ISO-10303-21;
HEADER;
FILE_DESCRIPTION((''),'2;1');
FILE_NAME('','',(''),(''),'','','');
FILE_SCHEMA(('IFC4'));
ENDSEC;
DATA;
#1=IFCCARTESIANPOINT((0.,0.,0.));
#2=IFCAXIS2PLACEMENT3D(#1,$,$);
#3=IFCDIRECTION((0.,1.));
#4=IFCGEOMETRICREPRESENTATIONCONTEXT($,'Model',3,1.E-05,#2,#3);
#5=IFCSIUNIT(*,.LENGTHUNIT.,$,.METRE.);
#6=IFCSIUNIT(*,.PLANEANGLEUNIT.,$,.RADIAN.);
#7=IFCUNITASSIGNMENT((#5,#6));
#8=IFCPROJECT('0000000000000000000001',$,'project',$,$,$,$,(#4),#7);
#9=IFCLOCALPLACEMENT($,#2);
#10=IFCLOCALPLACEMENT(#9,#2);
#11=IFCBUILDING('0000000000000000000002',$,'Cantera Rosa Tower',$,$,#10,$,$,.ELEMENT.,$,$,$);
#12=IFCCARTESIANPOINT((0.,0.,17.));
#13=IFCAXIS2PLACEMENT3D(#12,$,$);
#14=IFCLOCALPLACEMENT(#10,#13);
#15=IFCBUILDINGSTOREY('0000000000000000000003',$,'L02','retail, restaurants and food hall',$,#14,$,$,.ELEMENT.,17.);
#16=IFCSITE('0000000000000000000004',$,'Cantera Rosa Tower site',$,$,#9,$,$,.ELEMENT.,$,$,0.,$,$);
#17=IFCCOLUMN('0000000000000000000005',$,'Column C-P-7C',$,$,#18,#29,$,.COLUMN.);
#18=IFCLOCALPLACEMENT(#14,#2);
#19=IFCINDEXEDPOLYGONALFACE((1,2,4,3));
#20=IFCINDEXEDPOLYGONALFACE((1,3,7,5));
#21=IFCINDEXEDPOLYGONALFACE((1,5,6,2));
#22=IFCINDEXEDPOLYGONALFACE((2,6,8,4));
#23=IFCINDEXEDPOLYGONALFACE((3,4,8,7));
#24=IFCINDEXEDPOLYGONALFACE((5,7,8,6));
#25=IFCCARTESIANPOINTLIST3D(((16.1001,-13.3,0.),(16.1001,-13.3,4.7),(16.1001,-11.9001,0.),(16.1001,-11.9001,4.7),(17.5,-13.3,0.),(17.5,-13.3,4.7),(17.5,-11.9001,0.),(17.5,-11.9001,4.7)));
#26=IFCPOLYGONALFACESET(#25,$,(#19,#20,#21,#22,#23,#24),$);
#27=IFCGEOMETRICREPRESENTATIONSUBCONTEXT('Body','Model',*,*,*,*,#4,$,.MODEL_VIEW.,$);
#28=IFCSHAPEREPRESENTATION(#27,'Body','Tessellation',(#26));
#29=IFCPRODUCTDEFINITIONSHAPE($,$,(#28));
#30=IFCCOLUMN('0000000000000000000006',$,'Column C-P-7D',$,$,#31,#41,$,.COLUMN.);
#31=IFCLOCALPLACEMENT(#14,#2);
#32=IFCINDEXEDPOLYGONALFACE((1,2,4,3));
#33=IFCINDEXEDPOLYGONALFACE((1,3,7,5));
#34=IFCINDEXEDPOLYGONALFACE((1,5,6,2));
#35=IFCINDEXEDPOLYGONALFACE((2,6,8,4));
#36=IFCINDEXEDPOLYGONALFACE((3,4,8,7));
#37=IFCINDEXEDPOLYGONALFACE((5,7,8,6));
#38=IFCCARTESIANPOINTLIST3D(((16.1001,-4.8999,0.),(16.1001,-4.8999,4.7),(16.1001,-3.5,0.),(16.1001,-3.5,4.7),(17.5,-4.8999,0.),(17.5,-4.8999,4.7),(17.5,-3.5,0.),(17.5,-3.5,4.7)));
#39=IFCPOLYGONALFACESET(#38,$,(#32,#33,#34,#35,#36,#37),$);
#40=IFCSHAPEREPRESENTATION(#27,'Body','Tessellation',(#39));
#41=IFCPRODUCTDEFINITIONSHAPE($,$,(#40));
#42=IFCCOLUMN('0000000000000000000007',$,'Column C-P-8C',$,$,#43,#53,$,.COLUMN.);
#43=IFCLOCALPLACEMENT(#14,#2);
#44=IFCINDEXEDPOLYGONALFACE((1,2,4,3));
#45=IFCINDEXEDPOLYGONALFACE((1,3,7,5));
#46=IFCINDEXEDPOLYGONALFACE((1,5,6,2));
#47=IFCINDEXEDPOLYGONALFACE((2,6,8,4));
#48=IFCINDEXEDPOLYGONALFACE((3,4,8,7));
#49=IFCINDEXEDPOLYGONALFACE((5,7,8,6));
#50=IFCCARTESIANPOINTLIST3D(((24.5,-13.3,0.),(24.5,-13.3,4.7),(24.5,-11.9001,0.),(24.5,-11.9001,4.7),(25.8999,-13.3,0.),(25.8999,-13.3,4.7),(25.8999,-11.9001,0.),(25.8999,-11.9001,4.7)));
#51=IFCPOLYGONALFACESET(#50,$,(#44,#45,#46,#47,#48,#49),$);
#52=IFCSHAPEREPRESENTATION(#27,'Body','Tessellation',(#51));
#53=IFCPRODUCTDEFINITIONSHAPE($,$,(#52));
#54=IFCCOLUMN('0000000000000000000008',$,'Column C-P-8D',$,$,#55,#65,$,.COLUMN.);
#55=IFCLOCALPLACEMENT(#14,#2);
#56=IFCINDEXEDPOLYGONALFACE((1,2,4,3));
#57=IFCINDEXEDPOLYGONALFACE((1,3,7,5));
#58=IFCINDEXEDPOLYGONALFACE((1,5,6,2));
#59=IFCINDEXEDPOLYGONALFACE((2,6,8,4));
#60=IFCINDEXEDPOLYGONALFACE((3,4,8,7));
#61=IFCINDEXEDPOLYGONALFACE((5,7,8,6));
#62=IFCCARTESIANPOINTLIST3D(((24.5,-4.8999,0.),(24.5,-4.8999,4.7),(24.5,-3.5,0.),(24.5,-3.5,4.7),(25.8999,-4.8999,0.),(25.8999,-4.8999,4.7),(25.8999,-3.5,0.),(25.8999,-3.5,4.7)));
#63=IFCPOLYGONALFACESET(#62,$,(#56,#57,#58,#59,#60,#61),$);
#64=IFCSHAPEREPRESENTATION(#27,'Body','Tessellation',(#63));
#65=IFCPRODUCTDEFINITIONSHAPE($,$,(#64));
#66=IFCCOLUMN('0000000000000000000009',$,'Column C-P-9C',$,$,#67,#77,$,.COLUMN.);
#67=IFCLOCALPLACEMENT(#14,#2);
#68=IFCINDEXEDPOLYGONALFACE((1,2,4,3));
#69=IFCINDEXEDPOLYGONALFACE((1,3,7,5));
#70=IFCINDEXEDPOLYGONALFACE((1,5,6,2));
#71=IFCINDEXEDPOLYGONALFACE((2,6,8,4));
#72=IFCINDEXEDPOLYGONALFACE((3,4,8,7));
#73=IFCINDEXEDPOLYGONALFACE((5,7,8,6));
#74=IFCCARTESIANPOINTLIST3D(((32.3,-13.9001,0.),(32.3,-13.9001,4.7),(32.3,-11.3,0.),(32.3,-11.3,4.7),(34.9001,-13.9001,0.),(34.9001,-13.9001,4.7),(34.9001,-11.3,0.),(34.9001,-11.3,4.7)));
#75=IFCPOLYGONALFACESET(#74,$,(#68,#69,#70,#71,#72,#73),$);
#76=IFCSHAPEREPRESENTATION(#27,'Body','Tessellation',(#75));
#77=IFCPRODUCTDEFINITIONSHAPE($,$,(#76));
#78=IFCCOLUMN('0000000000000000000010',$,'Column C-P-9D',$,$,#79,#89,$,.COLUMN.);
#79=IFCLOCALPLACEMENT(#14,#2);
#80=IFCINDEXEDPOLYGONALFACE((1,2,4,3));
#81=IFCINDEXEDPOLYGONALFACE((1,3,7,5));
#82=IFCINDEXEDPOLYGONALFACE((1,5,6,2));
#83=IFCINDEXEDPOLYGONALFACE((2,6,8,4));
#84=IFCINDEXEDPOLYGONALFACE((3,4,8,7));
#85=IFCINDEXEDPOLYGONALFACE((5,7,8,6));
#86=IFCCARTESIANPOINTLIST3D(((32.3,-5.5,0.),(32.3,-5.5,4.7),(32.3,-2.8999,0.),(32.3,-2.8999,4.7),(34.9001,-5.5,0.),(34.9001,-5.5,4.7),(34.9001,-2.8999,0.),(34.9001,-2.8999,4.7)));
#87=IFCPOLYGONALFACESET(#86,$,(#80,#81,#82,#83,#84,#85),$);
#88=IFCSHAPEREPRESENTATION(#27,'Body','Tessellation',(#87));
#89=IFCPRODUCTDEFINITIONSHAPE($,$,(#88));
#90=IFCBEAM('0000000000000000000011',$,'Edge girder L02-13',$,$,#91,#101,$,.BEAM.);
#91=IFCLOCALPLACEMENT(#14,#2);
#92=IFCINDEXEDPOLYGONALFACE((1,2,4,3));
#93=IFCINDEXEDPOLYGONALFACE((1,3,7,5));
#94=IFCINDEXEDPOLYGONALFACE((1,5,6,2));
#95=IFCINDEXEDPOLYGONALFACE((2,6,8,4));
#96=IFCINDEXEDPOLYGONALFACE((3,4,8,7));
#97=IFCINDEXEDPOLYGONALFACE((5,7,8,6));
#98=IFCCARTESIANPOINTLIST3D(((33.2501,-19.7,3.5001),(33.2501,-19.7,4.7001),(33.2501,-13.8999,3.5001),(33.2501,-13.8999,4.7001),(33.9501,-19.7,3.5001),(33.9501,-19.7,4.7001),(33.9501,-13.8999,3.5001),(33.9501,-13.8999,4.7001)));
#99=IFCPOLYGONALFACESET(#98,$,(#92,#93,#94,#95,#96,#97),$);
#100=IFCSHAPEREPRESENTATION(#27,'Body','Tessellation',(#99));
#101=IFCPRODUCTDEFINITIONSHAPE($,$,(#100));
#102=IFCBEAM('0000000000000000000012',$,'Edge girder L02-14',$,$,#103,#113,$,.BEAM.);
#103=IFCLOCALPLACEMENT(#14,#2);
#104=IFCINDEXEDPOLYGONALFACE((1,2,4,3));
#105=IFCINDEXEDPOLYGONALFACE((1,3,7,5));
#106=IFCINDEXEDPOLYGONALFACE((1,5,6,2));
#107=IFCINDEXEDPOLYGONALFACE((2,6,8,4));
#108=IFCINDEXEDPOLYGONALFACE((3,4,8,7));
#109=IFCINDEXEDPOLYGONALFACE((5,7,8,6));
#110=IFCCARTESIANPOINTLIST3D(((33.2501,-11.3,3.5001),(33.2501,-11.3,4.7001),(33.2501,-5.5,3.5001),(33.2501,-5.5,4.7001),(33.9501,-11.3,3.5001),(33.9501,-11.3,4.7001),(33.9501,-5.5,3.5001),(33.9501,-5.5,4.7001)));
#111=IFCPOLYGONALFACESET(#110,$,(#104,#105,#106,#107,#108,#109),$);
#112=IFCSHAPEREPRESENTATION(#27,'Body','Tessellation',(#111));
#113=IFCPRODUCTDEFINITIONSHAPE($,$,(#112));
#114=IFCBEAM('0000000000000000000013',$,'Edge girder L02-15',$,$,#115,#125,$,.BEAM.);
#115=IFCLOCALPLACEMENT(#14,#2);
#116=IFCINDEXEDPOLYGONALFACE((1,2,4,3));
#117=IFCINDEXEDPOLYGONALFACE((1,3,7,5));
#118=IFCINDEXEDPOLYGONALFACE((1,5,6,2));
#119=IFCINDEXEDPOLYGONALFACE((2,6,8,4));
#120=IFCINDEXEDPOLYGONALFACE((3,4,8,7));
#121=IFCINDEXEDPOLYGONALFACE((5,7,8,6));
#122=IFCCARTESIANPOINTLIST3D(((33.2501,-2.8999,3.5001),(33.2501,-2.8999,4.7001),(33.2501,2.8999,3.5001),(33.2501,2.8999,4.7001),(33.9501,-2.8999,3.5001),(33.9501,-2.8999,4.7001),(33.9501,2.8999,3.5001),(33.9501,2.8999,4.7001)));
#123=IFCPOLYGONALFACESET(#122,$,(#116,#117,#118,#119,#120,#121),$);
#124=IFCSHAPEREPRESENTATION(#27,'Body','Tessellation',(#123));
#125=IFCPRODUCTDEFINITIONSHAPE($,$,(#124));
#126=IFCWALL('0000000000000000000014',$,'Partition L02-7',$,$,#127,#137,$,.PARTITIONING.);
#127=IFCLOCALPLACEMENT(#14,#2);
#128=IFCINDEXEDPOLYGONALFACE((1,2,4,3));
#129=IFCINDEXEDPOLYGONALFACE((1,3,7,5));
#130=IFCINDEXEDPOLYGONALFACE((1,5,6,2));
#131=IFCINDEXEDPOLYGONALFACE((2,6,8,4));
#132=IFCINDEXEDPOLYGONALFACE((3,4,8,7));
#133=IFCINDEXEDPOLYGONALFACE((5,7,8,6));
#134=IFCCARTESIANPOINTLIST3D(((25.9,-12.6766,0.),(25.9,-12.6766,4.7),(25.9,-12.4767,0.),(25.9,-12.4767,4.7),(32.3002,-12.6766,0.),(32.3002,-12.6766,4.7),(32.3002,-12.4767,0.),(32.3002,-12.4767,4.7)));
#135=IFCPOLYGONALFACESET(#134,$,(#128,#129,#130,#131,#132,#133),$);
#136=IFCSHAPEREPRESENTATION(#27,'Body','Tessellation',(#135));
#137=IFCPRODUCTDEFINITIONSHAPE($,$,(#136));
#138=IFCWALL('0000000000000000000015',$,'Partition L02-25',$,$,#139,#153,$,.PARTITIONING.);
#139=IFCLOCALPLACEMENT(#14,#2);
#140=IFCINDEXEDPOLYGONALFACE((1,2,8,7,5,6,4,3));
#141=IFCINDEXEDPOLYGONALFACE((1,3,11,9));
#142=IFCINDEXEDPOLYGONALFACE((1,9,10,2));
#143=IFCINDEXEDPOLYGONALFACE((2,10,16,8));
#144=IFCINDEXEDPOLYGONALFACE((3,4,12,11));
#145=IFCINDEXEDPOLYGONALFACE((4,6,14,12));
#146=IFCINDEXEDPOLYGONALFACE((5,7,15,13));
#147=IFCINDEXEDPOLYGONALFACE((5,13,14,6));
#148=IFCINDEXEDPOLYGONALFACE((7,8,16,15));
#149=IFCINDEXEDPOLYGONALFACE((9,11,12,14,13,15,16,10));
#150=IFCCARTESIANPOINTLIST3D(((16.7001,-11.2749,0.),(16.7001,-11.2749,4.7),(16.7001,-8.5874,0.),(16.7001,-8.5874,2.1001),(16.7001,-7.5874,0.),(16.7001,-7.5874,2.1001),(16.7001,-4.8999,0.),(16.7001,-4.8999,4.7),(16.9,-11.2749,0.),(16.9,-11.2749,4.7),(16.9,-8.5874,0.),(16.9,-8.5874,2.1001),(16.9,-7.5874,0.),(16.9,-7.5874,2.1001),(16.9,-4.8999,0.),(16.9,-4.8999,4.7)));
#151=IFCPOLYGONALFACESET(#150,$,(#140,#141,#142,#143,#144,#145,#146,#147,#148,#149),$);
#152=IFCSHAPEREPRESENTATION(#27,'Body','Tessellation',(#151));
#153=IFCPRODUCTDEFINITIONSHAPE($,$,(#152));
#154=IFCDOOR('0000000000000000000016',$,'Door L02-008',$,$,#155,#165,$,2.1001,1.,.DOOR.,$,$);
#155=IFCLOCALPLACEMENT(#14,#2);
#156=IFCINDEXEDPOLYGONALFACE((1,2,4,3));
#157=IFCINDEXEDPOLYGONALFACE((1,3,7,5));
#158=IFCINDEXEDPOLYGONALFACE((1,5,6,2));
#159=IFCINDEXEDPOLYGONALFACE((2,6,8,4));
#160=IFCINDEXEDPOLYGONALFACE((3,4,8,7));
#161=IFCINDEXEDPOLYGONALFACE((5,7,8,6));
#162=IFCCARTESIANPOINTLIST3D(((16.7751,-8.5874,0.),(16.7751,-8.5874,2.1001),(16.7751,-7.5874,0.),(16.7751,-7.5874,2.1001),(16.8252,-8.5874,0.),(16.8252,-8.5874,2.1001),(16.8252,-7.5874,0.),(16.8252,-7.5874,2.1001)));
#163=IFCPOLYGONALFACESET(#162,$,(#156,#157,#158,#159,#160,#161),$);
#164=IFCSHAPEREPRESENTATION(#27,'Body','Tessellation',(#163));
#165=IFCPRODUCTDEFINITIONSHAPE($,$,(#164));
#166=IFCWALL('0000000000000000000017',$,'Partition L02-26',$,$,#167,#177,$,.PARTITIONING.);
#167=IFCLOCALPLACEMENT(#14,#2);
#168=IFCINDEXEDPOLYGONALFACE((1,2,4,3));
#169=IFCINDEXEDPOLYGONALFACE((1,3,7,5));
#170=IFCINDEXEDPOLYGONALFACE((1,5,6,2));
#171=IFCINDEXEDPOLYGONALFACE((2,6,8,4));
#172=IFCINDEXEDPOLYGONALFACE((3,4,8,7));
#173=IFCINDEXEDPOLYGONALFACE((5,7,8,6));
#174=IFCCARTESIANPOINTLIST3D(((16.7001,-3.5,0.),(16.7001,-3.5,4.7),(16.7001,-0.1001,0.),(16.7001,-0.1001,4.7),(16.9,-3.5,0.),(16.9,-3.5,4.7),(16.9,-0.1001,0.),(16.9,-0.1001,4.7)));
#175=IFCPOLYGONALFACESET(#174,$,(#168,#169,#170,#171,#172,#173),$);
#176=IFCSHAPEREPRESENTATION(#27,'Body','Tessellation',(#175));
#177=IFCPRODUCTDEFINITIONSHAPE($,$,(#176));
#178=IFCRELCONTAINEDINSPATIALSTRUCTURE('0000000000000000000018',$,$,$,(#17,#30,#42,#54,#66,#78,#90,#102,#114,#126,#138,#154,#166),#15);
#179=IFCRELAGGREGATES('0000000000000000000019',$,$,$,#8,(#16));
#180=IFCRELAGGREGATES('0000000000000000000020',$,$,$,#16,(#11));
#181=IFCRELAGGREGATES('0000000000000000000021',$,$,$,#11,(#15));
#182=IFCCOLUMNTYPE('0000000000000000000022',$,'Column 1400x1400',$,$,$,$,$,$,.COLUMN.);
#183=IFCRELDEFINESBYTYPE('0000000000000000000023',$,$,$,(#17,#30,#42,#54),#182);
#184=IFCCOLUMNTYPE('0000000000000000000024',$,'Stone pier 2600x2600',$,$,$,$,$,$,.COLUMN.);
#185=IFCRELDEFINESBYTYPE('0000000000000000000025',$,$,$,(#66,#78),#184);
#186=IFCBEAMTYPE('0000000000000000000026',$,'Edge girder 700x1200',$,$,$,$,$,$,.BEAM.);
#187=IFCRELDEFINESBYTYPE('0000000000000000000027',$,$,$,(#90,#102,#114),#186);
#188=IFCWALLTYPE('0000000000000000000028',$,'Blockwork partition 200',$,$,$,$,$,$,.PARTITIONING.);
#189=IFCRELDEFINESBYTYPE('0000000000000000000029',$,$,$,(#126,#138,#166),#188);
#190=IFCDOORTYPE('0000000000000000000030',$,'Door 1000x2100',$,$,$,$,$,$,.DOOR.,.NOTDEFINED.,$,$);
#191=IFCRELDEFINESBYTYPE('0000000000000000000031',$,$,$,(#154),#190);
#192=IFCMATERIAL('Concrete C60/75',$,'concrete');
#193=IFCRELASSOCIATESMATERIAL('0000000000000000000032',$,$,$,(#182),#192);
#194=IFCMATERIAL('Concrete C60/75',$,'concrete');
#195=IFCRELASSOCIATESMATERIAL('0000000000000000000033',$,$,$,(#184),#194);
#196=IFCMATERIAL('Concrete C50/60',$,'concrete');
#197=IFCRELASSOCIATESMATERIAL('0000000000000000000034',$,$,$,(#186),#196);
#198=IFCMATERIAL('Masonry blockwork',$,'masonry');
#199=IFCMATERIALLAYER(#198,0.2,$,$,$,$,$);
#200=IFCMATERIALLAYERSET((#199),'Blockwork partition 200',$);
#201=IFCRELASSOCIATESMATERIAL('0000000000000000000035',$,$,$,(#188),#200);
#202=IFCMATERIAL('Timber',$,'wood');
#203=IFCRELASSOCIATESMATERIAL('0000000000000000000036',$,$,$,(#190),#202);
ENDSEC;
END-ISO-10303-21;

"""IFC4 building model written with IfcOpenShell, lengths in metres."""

from ifc_helpers import new_model, si_unit, direction, frame, frame_2d, origin, origin_2d, place, context, subcontext, project, spatial, rectangle, extrude, material, layer, layer_set, material_profile, profile_set, type_object, element, fill, save


model = new_model("IFC4")

# Units and contexts
model_context = context("Model", 3, precision=1e-05, world=origin(), true_north=direction((0.0, 1.0)))
body_context = subcontext(model_context, "Body", "Model", "MODEL_VIEW")
ifc_project = project(units=[si_unit("LENGTHUNIT", "METRE"), si_unit("PLANEANGLEUNIT", "RADIAN")], contexts=[model_context])

# Site, building, storey
site_placement = place(None, origin())
site = spatial("IfcSite", under=ifc_project, at=site_placement, Name="Cantera Rosa Tower site", CompositionType="ELEMENT", RefElevation=0.0)
building_placement = place(site_placement, origin())
building = spatial("IfcBuilding", under=site, at=building_placement, Name="Cantera Rosa Tower", CompositionType="ELEMENT")
storey_placement = place(building_placement, frame((0.0, 0.0, 17.0)))
storey = spatial("IfcBuildingStorey", under=building, at=storey_placement, Name="L02", Description="retail, restaurants and food hall", CompositionType="ELEMENT", Elevation=17.0)

# Columns
ifc_material_1 = material(Name="Concrete C60/75", Category="concrete")
ifc_material_profile_1 = material_profile(ifc_material_1, rectangle(XDim=1.3999, YDim=1.3999, at=origin_2d()), Name="Column 1400x1400")
ifc_profile_set_1 = profile_set([ifc_material_profile_1], Name="Concrete C60/75")
column_type_1 = type_object("IfcColumnType", Name="Column 1400x1400", PredefinedType="COLUMN", material=ifc_profile_set_1)
for number, where, z_axis, x_axis, name in (
    (1, (16.8, -12.6001, 0.0), (0.0, 0.0, 1.0), (1.0, 0.0, 0.0), "Column C-P-7C"),
    (2, (16.8, -4.2, 0.0), (0.0, 0.0, 1.0), (1.0, 0.0, 0.0), "Column C-P-7D"),
    (3, (25.2, -12.6001, 0.0), (0.0, 0.0, 1.0), (1.0, 0.0, 0.0), "Column C-P-8C"),
    (4, (25.2, -4.2, 0.0), (0.0, 0.0, 1.0), (1.0, 0.0, 0.0), "Column C-P-8D"),
):
    element("IfcColumn", number, at=place(storey_placement, frame(where, z_axis=z_axis, x_axis=x_axis)), inside=storey, type_object=column_type_1, Name=name, PredefinedType="COLUMN", context=body_context, shape_type="SweptSolid", body=[
        extrude(rectangle(XDim=1.3999, YDim=1.3999, at=origin_2d()), origin(), (0.0, 0.0, 1.0), 4.7),
    ])
ifc_material_2 = material(Name="Concrete C60/75", Category="concrete")
ifc_material_profile_2 = material_profile(ifc_material_2, rectangle(XDim=2.6001, YDim=2.6001, at=origin_2d()), Name="Stone pier 2600x2600")
ifc_profile_set_2 = profile_set([ifc_material_profile_2], Name="Concrete C60/75")
column_type_2 = type_object("IfcColumnType", Name="Stone pier 2600x2600", PredefinedType="COLUMN", material=ifc_profile_set_2)
for number, where, z_axis, x_axis, name in (
    (5, (33.6001, -12.6001, 0.0), (0.0, 0.0, 1.0), (1.0, 0.0, 0.0), "Column C-P-9C"),
    (6, (33.6001, -4.2, 0.0), (0.0, 0.0, 1.0), (1.0, 0.0, 0.0), "Column C-P-9D"),
):
    element("IfcColumn", number, at=place(storey_placement, frame(where, z_axis=z_axis, x_axis=x_axis)), inside=storey, type_object=column_type_2, Name=name, PredefinedType="COLUMN", context=body_context, shape_type="SweptSolid", body=[
        extrude(rectangle(XDim=2.6001, YDim=2.6001, at=origin_2d()), origin(), (0.0, 0.0, 1.0), 4.7),
    ])

# Beams
ifc_material_3 = material(Name="Concrete C50/60", Category="concrete")
ifc_material_profile_3 = material_profile(ifc_material_3, rectangle(XDim=0.7, YDim=1.2, at=origin_2d()), Name="Edge girder 700x1200")
ifc_profile_set_3 = profile_set([ifc_material_profile_3], Name="Concrete C50/60")
beam_type = type_object("IfcBeamType", Name="Edge girder 700x1200", PredefinedType="BEAM", material=ifc_profile_set_3)
for number, where, z_axis, x_axis, name in (
    (7, (33.6001, -19.7, 4.1001), (0.0, 1.0, 0.0), (-1.0, 0.0, 0.0), "Edge girder L02-13"),
    (8, (33.6001, -11.3, 4.1001), (0.0, 1.0, 0.0), (-1.0, 0.0, 0.0), "Edge girder L02-14"),
):
    element("IfcBeam", number, at=place(storey_placement, frame(where, z_axis=z_axis, x_axis=x_axis)), inside=storey, type_object=beam_type, Name=name, PredefinedType="BEAM", context=body_context, shape_type="SweptSolid", body=[
        extrude(rectangle(XDim=0.7, YDim=1.2, at=origin_2d()), origin(), (0.0, 0.0, 1.0), 5.8),
    ])
beam_placement = place(storey_placement, frame((33.6001, -2.8999, 4.1001), z_axis=(0.0, 1.0, 0.0), x_axis=(-1.0, 0.0, 0.0)))
element("IfcBeam", 9, at=beam_placement, inside=storey, type_object=beam_type, Name="Edge girder L02-15", PredefinedType="BEAM", context=body_context, shape_type="SweptSolid", body=[
    extrude(rectangle(XDim=0.7, YDim=1.2, at=origin_2d()), origin(), (0.0, 0.0, 1.0), 5.7998),
])

# Wall
ifc_material_4 = material(Name="Masonry blockwork", Category="masonry")
ifc_layer_1 = layer(ifc_material_4, 0.2)
ifc_layer_set_1 = layer_set([ifc_layer_1], Name="Blockwork partition 200")
wall_type_1 = type_object("IfcWallType", Name="Blockwork partition 200", PredefinedType="PARTITIONING", material=ifc_layer_set_1)
wall_1_placement = place(storey_placement, frame((25.8999, -12.5767, 0.0), z_axis=(0.0, 0.0, 1.0), x_axis=(1.0, 0.0, 0.0)))
element("IfcWall", 10, at=wall_1_placement, inside=storey, type_object=wall_type_1, Name="Partition L02-7", PredefinedType="PARTITIONING", context=body_context, shape_type="SweptSolid", body=[
    extrude(rectangle(XDim=6.4001, YDim=0.2, at=frame_2d((3.2002, 0.0))), origin(), (0.0, 0.0, 1.0), 4.7),
])

# Wall, opening, door
wall_2_placement = place(storey_placement, frame((16.8, -11.2749, 0.0), z_axis=(0.0, 0.0, 1.0), x_axis=(0.0, 1.0, 0.0)))
wall_2 = element("IfcWall", 11, at=wall_2_placement, inside=storey, type_object=wall_type_1, Name="Partition L02-25", PredefinedType="PARTITIONING", context=body_context, shape_type="SweptSolid", body=[
    extrude(rectangle(XDim=6.375, YDim=0.2, at=frame_2d((3.1875, 0.0))), origin(), (0.0, 0.0, 1.0), 4.7),
])
opening_1_placement = place(wall_2_placement, frame((2.6875, 0.0, 0.0)))
opening_1 = element("IfcOpeningElement", 12, at=opening_1_placement, cuts=wall_2, PredefinedType="OPENING", context=body_context, shape_type="SweptSolid", body=[
    extrude(rectangle(XDim=1.0, YDim=2.1001, at=frame_2d((0.5, 1.05))), frame((0.0, 0.1099, 0.0), z_axis=(0.0, -1.0, 0.0), x_axis=(1.0, 0.0, 0.0)), (0.0, 0.0, 1.0), 0.22),
])
ifc_material_5 = material(Name="Timber", Category="wood")
door_type_1 = type_object("IfcDoorType", Name="Door 1000x2100", OperationType="NOTDEFINED", PredefinedType="DOOR", material=ifc_material_5)
door_1_placement = place(opening_1_placement, origin())
door_1 = element("IfcDoor", 13, at=door_1_placement, inside=storey, type_object=door_type_1, Name="Door L02-008", OverallHeight=2.1001, OverallWidth=1.0, PredefinedType="DOOR", context=body_context, shape_type="SweptSolid", body=[
    extrude(rectangle(XDim=1.0, YDim=2.1001, at=frame_2d((0.5, 1.05))), frame((0.0, 0.0249, 0.0), z_axis=(0.0, -1.0, 0.0), x_axis=(1.0, 0.0, 0.0)), (0.0, 0.0, 1.0), 0.05),
])
fill(opening_1, door_1)

# Wall
wall_3_placement = place(storey_placement, frame((16.8, -3.5, 0.0), z_axis=(0.0, 0.0, 1.0), x_axis=(0.0, 1.0, 0.0)))
element("IfcWall", 14, at=wall_3_placement, inside=storey, type_object=wall_type_1, Name="Partition L02-26", PredefinedType="PARTITIONING", context=body_context, shape_type="SweptSolid", body=[
    extrude(rectangle(XDim=3.3999, YDim=0.2, at=frame_2d((1.7, 0.0))), origin(), (0.0, 0.0, 1.0), 4.7),
])

save(model, "model.ifc")
